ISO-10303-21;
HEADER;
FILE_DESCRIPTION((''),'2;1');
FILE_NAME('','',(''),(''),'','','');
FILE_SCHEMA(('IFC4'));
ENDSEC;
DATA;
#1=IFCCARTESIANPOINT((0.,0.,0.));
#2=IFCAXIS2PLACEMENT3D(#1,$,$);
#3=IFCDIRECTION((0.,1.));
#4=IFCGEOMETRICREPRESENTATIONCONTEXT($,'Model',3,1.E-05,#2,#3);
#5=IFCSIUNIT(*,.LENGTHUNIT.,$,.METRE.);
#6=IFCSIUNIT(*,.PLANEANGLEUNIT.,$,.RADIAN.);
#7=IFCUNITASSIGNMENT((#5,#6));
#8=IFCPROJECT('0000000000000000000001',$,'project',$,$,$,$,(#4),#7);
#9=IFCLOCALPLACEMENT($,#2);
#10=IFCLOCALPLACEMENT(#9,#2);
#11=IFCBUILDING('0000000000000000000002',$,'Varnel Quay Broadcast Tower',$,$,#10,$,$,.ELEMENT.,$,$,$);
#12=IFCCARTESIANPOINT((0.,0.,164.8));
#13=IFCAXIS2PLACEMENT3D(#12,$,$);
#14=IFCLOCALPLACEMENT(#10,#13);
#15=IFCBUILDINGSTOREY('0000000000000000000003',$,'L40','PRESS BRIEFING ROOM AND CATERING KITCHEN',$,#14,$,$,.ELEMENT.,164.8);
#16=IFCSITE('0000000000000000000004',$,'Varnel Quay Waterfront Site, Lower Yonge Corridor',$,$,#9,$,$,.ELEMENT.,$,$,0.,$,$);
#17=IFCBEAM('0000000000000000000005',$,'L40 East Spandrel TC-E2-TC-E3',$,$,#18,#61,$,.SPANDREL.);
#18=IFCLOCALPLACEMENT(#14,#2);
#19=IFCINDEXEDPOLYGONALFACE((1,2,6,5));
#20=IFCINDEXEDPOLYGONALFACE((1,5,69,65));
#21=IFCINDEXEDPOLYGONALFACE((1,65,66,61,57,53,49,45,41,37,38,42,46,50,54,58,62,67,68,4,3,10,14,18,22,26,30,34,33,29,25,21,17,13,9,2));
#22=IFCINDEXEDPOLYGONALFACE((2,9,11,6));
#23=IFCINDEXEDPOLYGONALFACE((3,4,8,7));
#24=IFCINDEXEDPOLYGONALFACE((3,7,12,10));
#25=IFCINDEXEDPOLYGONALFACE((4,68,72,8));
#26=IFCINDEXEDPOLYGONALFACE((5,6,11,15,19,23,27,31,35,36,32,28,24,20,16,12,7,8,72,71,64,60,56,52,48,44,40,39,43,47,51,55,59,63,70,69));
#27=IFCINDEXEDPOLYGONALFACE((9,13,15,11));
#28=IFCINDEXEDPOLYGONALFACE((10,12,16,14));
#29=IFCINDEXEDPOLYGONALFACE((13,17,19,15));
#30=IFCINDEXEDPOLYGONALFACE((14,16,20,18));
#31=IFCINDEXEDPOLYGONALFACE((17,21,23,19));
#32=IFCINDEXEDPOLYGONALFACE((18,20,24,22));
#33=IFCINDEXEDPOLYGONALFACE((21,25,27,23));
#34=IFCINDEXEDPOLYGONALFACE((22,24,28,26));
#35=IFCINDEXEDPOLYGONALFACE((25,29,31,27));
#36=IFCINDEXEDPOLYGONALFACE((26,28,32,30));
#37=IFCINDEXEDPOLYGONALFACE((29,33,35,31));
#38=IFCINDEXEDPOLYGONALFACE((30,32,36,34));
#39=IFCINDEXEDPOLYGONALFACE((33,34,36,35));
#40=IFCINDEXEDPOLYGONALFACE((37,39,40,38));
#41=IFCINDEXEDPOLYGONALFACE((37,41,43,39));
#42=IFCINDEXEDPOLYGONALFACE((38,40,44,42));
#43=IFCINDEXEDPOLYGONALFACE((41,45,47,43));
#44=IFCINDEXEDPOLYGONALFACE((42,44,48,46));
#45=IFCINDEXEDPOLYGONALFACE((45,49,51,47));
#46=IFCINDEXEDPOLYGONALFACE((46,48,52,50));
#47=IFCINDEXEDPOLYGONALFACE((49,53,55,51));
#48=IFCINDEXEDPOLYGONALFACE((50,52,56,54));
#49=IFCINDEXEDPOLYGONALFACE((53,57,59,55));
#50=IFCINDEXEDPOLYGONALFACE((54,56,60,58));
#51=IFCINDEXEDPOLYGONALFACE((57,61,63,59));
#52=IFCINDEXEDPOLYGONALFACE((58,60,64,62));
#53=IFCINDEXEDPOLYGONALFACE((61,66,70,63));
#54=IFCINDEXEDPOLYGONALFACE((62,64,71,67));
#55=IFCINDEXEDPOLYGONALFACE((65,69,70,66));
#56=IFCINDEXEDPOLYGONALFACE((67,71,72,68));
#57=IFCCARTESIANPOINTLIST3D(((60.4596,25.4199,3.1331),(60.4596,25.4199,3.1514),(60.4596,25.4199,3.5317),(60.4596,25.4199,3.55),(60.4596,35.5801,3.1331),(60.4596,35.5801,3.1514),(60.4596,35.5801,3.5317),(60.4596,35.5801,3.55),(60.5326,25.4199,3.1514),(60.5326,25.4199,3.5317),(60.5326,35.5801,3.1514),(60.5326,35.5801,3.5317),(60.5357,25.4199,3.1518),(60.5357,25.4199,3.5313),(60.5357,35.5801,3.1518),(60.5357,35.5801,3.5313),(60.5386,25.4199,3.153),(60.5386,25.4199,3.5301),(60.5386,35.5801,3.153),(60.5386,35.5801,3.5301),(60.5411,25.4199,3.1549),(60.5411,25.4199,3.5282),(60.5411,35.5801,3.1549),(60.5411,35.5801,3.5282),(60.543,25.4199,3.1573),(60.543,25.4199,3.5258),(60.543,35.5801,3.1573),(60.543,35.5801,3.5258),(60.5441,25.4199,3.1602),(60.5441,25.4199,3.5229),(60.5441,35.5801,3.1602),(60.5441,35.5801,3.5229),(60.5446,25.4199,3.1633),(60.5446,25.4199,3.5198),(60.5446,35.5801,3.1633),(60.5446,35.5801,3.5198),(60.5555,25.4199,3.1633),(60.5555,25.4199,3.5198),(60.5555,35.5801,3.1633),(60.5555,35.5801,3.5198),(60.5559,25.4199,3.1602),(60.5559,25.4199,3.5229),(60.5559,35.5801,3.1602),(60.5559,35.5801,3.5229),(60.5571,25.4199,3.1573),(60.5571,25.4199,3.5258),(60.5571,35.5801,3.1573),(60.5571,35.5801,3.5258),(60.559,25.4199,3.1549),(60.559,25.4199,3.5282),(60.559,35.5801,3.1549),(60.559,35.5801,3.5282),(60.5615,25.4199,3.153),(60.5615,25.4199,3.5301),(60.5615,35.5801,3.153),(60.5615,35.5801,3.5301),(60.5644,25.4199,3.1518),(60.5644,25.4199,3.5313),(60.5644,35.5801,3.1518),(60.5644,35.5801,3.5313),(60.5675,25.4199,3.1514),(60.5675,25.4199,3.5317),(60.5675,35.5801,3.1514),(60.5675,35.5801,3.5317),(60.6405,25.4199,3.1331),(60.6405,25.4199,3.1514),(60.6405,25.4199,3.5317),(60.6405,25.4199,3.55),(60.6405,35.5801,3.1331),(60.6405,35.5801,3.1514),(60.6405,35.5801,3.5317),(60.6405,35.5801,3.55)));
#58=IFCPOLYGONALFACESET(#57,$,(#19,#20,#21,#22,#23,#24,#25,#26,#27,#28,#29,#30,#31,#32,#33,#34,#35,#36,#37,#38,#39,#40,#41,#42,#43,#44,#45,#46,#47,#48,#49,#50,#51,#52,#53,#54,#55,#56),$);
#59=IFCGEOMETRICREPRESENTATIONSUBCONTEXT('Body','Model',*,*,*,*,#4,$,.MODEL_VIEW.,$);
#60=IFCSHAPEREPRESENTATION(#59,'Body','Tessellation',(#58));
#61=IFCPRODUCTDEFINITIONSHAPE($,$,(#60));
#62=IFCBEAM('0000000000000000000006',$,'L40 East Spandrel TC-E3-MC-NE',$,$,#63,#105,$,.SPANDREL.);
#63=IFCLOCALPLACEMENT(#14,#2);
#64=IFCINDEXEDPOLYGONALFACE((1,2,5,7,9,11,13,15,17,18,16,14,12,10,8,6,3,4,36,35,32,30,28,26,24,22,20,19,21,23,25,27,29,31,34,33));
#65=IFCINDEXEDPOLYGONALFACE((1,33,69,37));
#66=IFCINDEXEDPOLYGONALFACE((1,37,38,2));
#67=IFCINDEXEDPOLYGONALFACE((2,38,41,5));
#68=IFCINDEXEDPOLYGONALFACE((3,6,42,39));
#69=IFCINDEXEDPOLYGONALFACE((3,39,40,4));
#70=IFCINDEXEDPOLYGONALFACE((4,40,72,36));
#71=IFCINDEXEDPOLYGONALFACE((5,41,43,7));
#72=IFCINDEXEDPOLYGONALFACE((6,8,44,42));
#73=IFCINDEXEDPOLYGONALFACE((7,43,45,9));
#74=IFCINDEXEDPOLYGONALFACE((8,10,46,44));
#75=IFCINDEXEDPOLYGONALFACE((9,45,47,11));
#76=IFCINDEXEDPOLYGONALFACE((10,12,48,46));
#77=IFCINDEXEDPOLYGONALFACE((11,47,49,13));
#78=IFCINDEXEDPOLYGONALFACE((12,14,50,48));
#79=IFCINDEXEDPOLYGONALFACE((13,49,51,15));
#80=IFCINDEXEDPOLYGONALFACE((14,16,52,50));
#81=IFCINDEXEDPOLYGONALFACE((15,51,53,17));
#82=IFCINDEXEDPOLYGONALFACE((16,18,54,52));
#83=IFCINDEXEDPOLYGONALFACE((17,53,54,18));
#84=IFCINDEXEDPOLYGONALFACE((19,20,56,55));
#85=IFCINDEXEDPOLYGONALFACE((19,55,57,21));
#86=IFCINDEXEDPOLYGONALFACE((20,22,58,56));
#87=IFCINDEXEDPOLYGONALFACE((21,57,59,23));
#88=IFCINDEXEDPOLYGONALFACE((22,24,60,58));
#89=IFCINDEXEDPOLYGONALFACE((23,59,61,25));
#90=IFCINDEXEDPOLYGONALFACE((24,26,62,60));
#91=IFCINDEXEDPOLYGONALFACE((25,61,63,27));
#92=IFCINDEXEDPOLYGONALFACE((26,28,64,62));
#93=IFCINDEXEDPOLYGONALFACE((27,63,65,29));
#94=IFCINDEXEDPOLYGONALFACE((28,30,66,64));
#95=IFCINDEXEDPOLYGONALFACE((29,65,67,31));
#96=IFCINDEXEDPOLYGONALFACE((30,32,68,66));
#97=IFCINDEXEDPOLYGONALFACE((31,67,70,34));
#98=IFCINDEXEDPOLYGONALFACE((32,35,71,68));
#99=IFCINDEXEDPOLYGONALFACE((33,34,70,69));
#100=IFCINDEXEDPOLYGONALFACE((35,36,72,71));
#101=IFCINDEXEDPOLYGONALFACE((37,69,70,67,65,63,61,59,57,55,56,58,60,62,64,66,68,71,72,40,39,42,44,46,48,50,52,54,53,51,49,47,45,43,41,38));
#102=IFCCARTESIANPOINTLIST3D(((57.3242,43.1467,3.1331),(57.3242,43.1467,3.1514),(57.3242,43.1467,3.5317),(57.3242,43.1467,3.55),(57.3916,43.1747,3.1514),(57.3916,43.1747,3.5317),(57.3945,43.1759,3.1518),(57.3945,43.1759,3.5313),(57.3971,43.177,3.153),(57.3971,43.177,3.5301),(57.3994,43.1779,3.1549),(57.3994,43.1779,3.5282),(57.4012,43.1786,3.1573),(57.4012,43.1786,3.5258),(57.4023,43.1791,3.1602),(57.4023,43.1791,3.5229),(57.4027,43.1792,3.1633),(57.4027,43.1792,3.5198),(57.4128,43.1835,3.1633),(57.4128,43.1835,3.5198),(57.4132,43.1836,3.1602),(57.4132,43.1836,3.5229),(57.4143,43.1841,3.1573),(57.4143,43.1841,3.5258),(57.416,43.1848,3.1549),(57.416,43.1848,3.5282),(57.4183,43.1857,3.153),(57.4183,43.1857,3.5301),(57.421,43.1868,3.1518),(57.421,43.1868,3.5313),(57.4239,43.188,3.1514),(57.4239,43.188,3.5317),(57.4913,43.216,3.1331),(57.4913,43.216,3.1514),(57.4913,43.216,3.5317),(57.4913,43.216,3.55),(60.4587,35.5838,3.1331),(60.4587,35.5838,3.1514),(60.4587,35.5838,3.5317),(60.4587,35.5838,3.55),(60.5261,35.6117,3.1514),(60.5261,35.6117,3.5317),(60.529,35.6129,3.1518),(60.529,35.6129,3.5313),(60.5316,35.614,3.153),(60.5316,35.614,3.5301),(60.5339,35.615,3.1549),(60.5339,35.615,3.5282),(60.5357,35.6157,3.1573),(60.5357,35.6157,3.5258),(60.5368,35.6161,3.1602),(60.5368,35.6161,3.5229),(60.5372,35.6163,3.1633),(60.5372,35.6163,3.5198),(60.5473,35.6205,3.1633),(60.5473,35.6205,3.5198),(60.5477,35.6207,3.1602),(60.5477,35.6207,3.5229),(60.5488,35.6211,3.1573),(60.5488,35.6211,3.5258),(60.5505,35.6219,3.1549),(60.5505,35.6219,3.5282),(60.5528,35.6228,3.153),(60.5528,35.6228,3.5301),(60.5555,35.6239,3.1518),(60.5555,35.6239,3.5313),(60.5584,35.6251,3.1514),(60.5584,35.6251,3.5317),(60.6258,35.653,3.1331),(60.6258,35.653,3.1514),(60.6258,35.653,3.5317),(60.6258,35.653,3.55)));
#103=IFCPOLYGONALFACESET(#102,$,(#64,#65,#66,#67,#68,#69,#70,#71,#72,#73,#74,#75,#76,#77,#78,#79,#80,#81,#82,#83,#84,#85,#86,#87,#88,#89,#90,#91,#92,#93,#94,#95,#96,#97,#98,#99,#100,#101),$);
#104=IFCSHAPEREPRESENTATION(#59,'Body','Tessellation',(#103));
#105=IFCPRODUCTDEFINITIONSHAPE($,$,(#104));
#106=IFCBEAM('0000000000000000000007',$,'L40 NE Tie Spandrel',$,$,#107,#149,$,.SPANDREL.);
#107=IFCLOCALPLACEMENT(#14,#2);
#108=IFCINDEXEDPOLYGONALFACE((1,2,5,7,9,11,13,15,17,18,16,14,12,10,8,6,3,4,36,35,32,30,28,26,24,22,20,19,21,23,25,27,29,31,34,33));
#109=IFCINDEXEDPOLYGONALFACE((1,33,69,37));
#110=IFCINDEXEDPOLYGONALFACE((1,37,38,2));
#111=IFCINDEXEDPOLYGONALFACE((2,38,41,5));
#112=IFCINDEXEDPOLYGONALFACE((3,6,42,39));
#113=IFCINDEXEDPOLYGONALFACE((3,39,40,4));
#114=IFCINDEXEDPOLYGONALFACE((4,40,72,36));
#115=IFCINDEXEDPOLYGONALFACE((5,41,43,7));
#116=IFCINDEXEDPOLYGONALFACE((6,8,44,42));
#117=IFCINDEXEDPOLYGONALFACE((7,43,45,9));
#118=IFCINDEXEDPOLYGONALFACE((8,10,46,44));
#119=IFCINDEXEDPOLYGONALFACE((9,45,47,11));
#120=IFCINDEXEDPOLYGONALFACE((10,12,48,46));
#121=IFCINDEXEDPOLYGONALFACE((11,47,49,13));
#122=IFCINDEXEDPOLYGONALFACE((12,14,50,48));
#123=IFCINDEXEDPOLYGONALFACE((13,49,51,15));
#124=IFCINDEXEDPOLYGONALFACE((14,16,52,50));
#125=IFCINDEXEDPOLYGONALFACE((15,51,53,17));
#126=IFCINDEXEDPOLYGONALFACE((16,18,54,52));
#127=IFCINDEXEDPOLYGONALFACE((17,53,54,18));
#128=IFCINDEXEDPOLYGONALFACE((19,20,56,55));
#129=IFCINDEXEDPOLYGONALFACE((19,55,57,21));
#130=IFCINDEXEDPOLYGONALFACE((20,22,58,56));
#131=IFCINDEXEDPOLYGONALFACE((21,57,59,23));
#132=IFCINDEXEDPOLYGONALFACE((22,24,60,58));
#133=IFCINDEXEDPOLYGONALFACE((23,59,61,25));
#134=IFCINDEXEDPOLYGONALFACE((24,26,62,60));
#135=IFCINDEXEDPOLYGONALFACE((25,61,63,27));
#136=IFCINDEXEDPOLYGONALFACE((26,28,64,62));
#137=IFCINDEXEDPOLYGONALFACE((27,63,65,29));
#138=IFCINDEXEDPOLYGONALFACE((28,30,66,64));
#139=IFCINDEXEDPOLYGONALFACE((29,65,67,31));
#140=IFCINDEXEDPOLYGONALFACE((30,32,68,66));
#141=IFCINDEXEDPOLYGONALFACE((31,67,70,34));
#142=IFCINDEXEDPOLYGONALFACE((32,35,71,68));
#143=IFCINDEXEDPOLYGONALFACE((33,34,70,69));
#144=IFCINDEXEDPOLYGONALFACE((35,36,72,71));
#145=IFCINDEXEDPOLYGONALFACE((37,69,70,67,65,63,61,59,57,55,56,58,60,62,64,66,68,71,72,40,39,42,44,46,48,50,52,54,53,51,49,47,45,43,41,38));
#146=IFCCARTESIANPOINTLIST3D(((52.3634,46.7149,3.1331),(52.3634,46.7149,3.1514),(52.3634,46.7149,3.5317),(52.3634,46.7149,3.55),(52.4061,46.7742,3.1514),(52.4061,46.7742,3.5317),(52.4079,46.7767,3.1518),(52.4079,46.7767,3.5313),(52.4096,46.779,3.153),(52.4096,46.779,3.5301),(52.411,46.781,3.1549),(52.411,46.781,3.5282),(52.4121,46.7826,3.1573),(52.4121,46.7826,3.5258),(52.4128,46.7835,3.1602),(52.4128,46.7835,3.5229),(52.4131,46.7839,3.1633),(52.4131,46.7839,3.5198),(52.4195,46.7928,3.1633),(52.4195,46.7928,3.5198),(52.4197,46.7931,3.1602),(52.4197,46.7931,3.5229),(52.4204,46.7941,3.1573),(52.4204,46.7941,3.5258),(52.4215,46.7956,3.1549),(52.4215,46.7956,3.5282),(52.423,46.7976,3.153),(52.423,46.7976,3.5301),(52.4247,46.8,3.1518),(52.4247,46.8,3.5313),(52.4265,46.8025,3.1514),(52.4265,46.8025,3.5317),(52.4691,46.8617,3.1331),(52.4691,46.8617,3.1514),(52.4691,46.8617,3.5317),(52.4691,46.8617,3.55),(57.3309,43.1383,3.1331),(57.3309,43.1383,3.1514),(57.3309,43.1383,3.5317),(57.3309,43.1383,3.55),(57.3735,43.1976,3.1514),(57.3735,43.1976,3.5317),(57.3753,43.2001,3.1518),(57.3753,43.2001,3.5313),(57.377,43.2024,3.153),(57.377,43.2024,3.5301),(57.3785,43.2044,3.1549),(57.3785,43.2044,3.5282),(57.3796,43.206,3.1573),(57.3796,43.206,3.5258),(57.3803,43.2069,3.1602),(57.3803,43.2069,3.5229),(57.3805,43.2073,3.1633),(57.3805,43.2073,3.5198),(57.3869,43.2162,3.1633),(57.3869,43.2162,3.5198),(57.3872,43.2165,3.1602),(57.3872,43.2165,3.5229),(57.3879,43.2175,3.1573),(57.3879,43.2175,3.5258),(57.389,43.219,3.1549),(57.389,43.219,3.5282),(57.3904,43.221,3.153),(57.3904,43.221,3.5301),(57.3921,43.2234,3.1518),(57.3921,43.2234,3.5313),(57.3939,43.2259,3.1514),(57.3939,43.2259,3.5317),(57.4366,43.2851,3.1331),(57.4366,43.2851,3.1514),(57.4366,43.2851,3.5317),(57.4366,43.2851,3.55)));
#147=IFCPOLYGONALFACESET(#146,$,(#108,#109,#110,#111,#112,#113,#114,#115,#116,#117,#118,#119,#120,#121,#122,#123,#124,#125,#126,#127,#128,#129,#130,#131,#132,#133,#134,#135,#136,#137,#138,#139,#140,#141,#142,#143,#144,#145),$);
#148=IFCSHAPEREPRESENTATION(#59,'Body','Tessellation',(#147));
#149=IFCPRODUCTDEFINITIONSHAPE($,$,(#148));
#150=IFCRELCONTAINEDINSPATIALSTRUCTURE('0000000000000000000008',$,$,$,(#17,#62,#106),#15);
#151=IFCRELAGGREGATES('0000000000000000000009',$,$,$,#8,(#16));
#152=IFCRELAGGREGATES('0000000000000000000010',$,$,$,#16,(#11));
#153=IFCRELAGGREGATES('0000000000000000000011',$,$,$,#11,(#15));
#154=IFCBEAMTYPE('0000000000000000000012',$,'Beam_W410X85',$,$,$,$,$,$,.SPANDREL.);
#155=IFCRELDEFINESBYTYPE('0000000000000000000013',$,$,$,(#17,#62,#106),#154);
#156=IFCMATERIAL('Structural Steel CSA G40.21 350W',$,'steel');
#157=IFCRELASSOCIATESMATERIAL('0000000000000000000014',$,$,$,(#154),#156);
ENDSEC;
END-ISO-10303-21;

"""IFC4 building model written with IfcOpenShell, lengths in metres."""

from ifc_helpers import new_model, si_unit, direction, frame, origin, origin_2d, place, context, subcontext, project, spatial, i_section, extrude, source, transform, mapped, material, material_profile, profile_set, type_object, type_shapes, element, save


model = new_model("IFC4")

# Units and contexts
model_context = context("Model", 3, precision=1e-05, world=origin(), true_north=direction((0.0, 1.0)))
body_context = subcontext(model_context, "Body", "Model", "MODEL_VIEW")
ifc_project = project(units=[si_unit("LENGTHUNIT", "METRE"), si_unit("PLANEANGLEUNIT", "RADIAN")], contexts=[model_context])

# Site, building, storey
site_placement = place(None, origin())
site = spatial("IfcSite", under=ifc_project, at=site_placement, Name="Varnel Quay Waterfront Site, Lower Yonge Corridor", CompositionType="ELEMENT", RefElevation=0.0)
building_placement = place(site_placement, origin())
building = spatial("IfcBuilding", under=site, at=building_placement, Name="Varnel Quay Broadcast Tower", CompositionType="ELEMENT")
storey_placement = place(building_placement, frame((0.0, 0.0, 164.8)))
storey = spatial("IfcBuildingStorey", under=building, at=storey_placement, Name="L40", Description="PRESS BRIEFING ROOM AND CATERING KITCHEN", CompositionType="ELEMENT", Elevation=164.8)

# Shared definitions
ifc_material_1 = material(Name="Structural Steel CSA G40.21 350W", Category="steel")

# Beams
ifc_material_profile_1 = material_profile(ifc_material_1, i_section(OverallWidth=0.1809, OverallDepth=0.417, WebThickness=0.011, FlangeThickness=0.0183, FilletRadius=0.012, at=origin_2d()), Name="W410X85")
ifc_profile_set_1 = profile_set([ifc_material_profile_1], Name="Structural Steel CSA G40.21 350W")
beam_type_1 = type_object("IfcBeamType", Name="Beam_W410X85", PredefinedType="SPANDREL", material=ifc_profile_set_1)
shared_shape_1 = source(origin(), body_context, "Body", "SweptSolid", [
    extrude(i_section(OverallWidth=0.1809, OverallDepth=0.417, WebThickness=0.011, FlangeThickness=0.0183, FilletRadius=0.012, at=origin_2d()), origin(), (0.0, 0.0, 1.0), 10.1602),
])
beam_1_placement = place(storey_placement, frame((60.55, 25.4199, 3.3416), z_axis=(0.0, 1.0, 0.0), x_axis=(-1.0, 0.0, 0.0)))
element("IfcBeam", 1, at=beam_1_placement, inside=storey, type_object=beam_type_1, Name="L40 East Spandrel TC-E2-TC-E3", PredefinedType="SPANDREL", context=body_context, shape_type="MappedRepresentation", body=[
    mapped(shared_shape_1, transform((0.0, 0.0, 0.0), x_axis=(1.0, 0.0, 0.0), y_axis=(0.0, 1.0, 0.0), z_axis=(0.0, 0.0, 1.0), scale=1.0)),
])
shared_shape_2 = source(origin(), body_context, "Body", "SweptSolid", [
    extrude(i_section(OverallWidth=0.1809, OverallDepth=0.417, WebThickness=0.011, FlangeThickness=0.0183, FilletRadius=0.012, at=origin_2d()), origin(), (0.0, 0.0, 1.0), 8.1868),
])
beam_2_placement = place(storey_placement, frame((60.5422, 35.6184, 3.3416), z_axis=(-0.382874, 0.923801, 0.0), x_axis=(-0.923801, -0.382874, 0.0)))
element("IfcBeam", 2, at=beam_2_placement, inside=storey, type_object=beam_type_1, Name="L40 East Spandrel TC-E3-MC-NE", PredefinedType="SPANDREL", context=body_context, shape_type="MappedRepresentation", body=[
    mapped(shared_shape_2, transform((0.0, 0.0, 0.0), x_axis=(1.0, 0.0, 0.0), y_axis=(0.0, 1.0, 0.0), z_axis=(0.0, 0.0, 1.0), scale=1.0)),
])
shared_shape_3 = source(origin(), body_context, "Body", "SweptSolid", [
    extrude(i_section(OverallWidth=0.1809, OverallDepth=0.417, WebThickness=0.011, FlangeThickness=0.0183, FilletRadius=0.012, at=origin_2d()), origin(), (0.0, 0.0, 1.0), 6.1211),
])
type_shapes(beam_type_1, [shared_shape_1, shared_shape_2, shared_shape_3])
beam_3_placement = place(storey_placement, frame((52.4163, 46.7883, 3.3416), z_axis=(0.811531, -0.584309, 0.0), x_axis=(0.584309, 0.811531, 0.0)))
element("IfcBeam", 3, at=beam_3_placement, inside=storey, type_object=beam_type_1, Name="L40 NE Tie Spandrel", PredefinedType="SPANDREL", context=body_context, shape_type="MappedRepresentation", body=[
    mapped(shared_shape_3, transform((0.0, 0.0, 0.0), x_axis=(1.0, 0.0, 0.0), y_axis=(0.0, 1.0, 0.0), z_axis=(0.0, 0.0, 1.0), scale=1.0)),
])

save(model, "model.ifc")
